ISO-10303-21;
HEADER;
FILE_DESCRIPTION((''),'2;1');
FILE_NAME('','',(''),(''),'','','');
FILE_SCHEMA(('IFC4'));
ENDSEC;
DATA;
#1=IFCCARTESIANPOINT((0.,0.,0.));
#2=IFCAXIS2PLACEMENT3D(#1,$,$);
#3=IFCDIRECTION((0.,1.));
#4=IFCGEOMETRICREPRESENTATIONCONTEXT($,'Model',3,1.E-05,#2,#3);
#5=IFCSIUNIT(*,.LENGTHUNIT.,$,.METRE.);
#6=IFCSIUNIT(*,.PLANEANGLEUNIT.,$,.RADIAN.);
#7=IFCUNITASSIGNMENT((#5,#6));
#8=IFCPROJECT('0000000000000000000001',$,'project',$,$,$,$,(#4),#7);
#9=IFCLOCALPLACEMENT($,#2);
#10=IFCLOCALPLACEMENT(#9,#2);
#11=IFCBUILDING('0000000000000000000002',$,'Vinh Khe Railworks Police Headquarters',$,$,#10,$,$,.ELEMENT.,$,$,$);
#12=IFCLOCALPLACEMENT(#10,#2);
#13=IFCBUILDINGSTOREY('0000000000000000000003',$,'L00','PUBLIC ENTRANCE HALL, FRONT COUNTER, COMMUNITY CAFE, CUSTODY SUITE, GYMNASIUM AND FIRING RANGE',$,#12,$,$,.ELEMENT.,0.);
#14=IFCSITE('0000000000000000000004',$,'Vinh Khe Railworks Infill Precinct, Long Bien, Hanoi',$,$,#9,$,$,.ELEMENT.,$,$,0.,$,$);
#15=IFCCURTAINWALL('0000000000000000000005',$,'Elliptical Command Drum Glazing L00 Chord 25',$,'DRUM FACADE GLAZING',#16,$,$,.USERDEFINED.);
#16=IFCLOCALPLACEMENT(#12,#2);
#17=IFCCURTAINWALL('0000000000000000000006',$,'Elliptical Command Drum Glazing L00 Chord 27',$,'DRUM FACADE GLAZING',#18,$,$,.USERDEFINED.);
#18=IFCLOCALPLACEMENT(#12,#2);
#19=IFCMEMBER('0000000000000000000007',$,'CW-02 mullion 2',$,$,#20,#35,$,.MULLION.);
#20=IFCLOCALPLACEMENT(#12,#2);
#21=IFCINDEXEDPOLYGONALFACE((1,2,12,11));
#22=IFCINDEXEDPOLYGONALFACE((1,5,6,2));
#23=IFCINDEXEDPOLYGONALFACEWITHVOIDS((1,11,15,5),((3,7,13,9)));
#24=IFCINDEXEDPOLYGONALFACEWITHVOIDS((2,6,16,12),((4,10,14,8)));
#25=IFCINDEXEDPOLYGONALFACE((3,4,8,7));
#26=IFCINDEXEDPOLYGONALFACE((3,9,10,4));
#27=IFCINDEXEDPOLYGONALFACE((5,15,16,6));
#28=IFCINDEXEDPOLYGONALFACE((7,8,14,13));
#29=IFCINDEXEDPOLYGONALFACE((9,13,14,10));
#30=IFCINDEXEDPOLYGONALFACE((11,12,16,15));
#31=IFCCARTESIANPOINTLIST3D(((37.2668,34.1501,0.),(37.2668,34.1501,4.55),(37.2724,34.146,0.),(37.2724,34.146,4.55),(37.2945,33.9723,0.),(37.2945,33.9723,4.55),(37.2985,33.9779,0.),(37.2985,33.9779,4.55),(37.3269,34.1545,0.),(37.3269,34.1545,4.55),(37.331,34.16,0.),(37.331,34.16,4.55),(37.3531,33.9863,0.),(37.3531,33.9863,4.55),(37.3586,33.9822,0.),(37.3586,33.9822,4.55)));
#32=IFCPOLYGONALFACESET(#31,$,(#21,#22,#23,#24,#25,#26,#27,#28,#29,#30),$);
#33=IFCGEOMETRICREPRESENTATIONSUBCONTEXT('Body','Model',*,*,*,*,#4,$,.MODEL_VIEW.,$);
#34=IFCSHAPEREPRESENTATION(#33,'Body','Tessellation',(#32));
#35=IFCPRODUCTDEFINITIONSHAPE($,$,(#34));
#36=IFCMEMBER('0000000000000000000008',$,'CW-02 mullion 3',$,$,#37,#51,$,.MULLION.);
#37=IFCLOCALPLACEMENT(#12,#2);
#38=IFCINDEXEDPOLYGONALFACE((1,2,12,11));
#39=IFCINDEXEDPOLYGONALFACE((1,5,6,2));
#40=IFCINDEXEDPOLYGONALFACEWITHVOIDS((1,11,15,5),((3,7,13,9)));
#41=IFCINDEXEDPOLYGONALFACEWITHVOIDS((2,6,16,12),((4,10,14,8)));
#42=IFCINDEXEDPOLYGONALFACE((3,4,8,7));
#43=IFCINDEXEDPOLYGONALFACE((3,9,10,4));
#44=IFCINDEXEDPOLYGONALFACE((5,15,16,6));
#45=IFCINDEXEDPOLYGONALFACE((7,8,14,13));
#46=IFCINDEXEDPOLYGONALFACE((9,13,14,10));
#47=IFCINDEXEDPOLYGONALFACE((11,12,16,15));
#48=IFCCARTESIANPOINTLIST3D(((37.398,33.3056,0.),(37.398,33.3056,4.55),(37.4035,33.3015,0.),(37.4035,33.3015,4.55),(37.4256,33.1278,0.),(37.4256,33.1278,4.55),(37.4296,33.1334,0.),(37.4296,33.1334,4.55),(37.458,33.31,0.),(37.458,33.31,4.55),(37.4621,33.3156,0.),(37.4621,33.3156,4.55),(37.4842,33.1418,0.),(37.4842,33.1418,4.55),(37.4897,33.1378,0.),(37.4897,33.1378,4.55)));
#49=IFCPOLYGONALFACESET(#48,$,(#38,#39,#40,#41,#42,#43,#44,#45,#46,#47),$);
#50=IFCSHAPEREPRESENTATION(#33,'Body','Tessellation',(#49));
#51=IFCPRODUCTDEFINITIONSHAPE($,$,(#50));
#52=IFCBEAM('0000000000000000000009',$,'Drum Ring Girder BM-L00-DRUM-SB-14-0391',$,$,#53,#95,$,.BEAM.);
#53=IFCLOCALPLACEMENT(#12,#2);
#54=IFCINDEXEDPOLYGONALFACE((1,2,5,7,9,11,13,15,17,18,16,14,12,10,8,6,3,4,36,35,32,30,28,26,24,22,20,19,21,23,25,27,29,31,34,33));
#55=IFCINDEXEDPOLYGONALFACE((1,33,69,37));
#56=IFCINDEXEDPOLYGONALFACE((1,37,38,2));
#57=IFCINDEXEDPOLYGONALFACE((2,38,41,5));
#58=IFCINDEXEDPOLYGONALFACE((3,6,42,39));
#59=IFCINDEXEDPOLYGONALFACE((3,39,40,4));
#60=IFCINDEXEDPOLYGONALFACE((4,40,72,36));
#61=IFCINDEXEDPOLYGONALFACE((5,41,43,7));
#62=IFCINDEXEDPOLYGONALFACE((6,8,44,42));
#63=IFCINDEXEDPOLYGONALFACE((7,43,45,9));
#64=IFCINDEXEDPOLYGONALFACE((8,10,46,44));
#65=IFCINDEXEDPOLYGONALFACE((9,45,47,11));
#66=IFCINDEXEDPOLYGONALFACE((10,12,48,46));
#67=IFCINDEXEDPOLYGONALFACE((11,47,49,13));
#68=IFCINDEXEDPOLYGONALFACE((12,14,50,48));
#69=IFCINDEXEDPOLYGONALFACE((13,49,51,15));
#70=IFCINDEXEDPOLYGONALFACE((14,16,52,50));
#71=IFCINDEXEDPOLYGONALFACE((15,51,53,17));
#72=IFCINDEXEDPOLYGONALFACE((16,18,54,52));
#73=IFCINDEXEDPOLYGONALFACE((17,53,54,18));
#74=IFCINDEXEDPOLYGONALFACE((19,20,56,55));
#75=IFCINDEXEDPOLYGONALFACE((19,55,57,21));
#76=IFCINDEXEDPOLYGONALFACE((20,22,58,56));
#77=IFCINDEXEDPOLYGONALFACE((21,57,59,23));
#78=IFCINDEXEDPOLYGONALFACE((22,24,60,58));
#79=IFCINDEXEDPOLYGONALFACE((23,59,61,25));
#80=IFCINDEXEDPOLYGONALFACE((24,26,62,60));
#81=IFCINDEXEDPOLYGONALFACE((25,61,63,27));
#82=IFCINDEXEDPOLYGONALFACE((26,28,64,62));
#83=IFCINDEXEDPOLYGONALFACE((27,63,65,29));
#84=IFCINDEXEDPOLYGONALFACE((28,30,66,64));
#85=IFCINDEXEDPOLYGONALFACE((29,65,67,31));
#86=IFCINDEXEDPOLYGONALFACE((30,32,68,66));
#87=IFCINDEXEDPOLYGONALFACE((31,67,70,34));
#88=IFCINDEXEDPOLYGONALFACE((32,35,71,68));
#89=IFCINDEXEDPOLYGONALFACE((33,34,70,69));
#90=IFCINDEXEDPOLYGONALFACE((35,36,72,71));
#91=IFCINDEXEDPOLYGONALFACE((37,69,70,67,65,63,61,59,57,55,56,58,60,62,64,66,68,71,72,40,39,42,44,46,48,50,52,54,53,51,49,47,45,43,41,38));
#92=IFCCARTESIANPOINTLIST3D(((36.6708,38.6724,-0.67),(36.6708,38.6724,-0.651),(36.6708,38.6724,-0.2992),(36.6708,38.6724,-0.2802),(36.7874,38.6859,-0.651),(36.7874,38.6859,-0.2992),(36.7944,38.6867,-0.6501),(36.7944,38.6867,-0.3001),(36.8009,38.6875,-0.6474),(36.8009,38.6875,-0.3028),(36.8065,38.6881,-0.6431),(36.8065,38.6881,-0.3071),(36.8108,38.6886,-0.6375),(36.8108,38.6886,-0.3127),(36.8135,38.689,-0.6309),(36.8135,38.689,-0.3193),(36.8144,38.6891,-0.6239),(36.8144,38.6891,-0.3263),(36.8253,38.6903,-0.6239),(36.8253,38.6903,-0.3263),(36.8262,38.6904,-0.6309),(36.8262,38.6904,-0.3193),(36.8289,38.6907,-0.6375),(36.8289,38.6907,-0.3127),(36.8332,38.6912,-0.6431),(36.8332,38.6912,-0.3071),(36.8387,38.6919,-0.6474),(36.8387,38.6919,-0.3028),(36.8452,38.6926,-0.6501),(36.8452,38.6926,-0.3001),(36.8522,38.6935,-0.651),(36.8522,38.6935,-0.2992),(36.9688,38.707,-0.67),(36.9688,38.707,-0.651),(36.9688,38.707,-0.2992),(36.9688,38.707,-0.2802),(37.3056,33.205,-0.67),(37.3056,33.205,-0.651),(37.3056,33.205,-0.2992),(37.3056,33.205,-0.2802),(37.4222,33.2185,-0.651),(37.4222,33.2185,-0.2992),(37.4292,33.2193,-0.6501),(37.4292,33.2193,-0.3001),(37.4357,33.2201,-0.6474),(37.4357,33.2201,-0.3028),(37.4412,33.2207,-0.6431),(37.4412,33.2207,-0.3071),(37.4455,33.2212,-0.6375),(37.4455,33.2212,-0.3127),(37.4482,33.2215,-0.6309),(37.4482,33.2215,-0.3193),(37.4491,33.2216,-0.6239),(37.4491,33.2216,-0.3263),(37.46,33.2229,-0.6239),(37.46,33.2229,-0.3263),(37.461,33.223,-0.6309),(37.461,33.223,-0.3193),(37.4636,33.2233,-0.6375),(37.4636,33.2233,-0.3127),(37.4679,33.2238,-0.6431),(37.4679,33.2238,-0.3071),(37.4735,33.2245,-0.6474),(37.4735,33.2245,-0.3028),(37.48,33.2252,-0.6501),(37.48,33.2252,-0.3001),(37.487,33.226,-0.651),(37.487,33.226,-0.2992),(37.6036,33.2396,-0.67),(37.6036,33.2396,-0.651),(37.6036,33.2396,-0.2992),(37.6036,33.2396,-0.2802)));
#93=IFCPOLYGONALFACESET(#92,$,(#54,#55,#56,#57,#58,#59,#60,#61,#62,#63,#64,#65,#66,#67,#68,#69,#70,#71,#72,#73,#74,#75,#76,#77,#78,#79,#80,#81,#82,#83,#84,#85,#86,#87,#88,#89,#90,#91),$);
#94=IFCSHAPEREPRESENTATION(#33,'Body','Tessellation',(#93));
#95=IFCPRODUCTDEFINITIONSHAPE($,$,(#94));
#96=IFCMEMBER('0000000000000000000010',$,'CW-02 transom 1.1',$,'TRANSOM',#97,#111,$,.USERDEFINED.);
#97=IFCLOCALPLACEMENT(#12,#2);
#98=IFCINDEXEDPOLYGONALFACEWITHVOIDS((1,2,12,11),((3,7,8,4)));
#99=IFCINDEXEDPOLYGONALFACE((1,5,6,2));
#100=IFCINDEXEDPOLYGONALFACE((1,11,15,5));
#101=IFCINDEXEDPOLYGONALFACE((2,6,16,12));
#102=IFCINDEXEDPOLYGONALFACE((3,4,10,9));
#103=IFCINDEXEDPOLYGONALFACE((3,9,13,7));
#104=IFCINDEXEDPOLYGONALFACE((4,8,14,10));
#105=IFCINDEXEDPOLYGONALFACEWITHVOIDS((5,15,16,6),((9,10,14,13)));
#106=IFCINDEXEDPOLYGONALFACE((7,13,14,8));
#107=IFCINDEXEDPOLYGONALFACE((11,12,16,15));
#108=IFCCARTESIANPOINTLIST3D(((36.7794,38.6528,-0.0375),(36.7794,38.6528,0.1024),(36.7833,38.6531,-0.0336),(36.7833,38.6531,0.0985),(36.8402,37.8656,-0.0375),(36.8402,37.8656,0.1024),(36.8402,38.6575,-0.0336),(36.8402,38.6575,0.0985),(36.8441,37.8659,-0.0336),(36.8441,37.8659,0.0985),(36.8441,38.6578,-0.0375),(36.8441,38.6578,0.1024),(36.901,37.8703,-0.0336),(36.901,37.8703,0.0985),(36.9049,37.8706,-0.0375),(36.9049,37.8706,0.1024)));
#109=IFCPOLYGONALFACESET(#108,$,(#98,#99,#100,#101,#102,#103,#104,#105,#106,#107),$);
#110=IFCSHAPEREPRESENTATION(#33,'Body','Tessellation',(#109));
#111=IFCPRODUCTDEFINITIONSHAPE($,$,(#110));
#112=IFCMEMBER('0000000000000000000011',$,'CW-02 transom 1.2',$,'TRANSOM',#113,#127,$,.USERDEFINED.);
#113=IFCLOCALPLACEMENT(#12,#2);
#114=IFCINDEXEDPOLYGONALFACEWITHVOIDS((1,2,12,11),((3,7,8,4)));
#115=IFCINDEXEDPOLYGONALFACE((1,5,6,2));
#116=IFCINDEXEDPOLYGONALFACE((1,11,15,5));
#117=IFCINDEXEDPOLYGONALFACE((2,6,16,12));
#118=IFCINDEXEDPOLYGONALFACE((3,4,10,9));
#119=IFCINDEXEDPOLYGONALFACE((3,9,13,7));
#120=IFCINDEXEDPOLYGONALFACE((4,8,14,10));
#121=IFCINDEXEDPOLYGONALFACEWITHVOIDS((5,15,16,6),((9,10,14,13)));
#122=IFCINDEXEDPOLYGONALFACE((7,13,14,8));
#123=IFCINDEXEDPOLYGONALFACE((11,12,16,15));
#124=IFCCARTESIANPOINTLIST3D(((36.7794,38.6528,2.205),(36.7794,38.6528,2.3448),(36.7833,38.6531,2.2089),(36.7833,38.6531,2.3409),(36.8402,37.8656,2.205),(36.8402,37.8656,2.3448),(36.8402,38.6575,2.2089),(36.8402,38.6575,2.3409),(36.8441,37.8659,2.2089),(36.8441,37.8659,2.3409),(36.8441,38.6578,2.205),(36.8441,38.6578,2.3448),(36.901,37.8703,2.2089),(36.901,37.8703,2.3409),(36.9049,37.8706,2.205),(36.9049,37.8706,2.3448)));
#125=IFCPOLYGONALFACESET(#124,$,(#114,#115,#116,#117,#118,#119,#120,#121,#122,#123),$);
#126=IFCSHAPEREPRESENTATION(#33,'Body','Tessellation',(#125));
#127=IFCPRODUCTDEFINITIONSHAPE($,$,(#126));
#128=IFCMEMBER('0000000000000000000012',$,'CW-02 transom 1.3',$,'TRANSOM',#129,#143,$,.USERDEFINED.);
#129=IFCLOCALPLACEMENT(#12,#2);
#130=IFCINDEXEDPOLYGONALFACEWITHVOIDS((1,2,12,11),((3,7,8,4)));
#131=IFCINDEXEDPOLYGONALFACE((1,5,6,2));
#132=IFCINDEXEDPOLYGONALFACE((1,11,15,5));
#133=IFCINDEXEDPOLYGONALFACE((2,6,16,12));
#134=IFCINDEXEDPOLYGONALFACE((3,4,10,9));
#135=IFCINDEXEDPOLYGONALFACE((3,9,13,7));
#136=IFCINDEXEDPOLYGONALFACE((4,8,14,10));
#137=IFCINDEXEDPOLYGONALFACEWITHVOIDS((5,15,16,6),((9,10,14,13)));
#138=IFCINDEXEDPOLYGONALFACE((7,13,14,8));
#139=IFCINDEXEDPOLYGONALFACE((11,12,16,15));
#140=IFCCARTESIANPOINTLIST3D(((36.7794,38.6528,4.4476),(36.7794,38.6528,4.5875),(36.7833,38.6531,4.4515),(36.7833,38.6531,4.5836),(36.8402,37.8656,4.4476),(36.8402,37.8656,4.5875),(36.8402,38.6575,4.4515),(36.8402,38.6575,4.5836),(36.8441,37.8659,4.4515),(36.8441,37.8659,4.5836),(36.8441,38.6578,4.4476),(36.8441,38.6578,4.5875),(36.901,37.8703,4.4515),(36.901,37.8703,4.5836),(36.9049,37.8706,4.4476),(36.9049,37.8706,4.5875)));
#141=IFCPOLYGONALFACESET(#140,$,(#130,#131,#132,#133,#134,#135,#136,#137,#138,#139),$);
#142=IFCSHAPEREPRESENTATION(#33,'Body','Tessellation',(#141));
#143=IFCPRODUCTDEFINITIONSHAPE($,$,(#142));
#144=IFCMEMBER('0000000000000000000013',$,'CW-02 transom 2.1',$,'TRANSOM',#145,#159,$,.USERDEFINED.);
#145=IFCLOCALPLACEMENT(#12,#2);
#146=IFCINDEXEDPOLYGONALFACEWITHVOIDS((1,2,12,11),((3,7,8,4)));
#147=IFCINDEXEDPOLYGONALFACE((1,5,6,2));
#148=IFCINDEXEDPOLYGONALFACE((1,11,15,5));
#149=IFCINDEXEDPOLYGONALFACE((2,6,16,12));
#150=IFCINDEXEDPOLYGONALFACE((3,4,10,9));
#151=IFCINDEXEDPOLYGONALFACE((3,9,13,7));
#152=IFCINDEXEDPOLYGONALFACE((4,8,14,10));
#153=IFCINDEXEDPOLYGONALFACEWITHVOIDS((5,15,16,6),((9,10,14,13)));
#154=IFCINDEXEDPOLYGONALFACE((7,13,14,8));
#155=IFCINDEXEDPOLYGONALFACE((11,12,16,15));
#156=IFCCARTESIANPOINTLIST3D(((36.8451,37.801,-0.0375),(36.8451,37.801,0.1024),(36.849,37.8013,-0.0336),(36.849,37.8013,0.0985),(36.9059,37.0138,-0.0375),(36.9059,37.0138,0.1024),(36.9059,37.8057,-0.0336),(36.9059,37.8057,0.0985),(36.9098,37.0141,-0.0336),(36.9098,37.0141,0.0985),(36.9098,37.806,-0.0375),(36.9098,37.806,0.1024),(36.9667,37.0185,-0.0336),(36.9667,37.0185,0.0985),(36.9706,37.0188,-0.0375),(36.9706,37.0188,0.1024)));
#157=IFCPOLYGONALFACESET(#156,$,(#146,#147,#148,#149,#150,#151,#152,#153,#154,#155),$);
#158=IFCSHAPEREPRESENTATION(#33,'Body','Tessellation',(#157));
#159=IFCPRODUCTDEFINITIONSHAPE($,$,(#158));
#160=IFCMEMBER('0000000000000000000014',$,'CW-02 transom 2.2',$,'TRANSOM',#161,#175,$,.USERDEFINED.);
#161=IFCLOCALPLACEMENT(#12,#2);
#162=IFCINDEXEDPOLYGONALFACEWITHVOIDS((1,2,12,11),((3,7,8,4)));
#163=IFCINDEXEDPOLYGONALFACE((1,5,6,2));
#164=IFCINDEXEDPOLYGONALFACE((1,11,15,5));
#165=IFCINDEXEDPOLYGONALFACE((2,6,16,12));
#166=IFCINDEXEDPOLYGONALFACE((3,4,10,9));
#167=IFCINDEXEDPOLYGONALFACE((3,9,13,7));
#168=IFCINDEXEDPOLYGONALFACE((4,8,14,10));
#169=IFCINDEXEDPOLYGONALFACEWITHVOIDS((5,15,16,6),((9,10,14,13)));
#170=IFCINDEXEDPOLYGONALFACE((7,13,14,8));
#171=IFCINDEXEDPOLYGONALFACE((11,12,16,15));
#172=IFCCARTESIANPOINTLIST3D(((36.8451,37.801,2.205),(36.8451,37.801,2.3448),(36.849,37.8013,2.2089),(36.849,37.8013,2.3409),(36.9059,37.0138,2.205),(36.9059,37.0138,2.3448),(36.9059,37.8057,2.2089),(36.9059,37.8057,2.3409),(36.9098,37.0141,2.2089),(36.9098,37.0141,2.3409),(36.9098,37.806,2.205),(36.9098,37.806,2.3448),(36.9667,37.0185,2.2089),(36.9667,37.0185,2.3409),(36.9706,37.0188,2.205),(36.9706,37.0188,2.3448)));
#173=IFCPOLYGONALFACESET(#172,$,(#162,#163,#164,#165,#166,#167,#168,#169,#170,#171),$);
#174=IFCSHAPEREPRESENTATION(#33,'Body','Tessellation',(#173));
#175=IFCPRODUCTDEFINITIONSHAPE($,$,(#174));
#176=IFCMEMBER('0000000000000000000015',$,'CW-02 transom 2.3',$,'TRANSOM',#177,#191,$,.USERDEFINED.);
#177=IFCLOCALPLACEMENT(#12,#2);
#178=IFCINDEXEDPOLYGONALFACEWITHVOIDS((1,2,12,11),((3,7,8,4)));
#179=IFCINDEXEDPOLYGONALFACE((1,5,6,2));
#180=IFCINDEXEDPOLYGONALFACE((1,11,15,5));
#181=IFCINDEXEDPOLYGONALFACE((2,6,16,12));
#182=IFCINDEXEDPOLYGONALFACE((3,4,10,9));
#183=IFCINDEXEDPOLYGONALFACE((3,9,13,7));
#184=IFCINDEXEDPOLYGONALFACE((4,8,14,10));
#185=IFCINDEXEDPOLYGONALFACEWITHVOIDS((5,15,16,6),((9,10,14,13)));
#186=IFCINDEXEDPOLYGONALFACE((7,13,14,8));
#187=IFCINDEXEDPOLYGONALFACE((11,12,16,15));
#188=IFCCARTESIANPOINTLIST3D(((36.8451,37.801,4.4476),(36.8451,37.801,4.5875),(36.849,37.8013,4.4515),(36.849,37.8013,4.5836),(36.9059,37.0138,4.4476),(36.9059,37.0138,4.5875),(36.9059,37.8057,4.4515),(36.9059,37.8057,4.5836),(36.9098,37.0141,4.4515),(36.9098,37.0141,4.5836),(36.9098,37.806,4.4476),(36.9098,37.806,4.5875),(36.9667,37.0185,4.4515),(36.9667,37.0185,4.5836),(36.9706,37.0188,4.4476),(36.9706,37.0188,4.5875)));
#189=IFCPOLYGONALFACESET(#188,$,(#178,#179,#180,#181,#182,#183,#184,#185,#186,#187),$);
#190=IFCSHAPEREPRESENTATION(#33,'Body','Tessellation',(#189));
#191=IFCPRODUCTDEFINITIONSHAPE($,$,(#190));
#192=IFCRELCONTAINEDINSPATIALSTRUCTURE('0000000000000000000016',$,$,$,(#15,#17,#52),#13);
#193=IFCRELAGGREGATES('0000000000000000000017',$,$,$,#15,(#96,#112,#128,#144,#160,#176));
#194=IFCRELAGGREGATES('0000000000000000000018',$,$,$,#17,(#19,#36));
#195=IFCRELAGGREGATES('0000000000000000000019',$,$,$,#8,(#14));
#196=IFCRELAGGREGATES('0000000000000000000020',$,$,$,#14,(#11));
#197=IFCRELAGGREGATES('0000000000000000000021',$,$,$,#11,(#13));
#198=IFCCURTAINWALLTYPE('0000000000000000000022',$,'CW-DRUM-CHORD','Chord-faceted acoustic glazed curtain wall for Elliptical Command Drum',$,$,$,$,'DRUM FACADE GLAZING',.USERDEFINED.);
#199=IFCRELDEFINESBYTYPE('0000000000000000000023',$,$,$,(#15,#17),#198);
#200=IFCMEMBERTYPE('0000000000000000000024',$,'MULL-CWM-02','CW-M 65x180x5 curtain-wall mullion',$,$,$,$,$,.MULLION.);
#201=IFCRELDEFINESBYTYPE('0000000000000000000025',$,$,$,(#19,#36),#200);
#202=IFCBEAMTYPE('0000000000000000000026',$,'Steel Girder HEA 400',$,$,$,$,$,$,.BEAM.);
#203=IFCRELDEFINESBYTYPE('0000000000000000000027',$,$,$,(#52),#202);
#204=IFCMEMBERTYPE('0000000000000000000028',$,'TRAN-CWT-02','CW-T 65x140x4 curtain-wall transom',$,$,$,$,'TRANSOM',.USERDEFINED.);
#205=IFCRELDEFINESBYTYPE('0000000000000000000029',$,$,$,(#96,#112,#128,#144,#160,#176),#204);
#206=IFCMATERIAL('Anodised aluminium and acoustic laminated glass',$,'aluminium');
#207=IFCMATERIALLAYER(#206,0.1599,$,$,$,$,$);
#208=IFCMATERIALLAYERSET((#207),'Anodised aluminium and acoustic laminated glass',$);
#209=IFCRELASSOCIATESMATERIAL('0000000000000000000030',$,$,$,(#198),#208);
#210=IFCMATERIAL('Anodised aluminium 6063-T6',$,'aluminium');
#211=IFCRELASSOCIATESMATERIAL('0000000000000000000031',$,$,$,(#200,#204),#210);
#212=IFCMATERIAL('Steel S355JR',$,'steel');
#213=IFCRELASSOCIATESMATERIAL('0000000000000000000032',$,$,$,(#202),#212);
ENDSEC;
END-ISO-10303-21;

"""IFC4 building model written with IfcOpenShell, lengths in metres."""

from ifc_helpers import new_model, si_unit, direction, frame, origin, origin_2d, place, context, subcontext, project, spatial, hollow_rectangle, i_section, extrude, material, layer, layer_set, material_profile, profile_set, type_object, element, aggregate, save


model = new_model("IFC4")

# Units and contexts
model_context = context("Model", 3, precision=1e-05, world=origin(), true_north=direction((0.0, 1.0)))
body_context = subcontext(model_context, "Body", "Model", "MODEL_VIEW")
ifc_project = project(units=[si_unit("LENGTHUNIT", "METRE"), si_unit("PLANEANGLEUNIT", "RADIAN")], contexts=[model_context])

# Site, building, storey
site_placement = place(None, origin())
site = spatial("IfcSite", under=ifc_project, at=site_placement, Name="Vinh Khe Railworks Infill Precinct, Long Bien, Hanoi", CompositionType="ELEMENT", RefElevation=0.0)
building_placement = place(site_placement, origin())
building = spatial("IfcBuilding", under=site, at=building_placement, Name="Vinh Khe Railworks Police Headquarters", CompositionType="ELEMENT")
storey_placement = place(building_placement, origin())
storey = spatial("IfcBuildingStorey", under=building, at=storey_placement, Name="L00", Description="PUBLIC ENTRANCE HALL, FRONT COUNTER, COMMUNITY CAFE, CUSTODY SUITE, GYMNASIUM AND FIRING RANGE", CompositionType="ELEMENT", Elevation=0.0)

# Shared definitions
ifc_material_1 = material(Name="Steel S355JR", Category="steel")

# Curtain walls, members
ifc_material_2 = material(Name="Anodised aluminium and acoustic laminated glass", Category="aluminium")
ifc_layer_1 = layer(ifc_material_2, 0.1599)
ifc_layer_set_1 = layer_set([ifc_layer_1], Name="Anodised aluminium and acoustic laminated glass")
curtain_wall_type = type_object("IfcCurtainWallType", Name="CW-DRUM-CHORD", Description="Chord-faceted acoustic glazed curtain wall for Elliptical Command Drum", ElementType="DRUM FACADE GLAZING", PredefinedType="USERDEFINED", material=ifc_layer_set_1)
curtain_wall_1_placement = place(storey_placement, origin())
curtain_wall_1 = element("IfcCurtainWall", 1, at=curtain_wall_1_placement, inside=storey, type_object=curtain_wall_type, Name="Elliptical Command Drum Glazing L00 Chord 25", ObjectType="DRUM FACADE GLAZING", PredefinedType="USERDEFINED")
ifc_material_3 = material(Name="Anodised aluminium 6063-T6", Category="aluminium")
ifc_material_profile_1 = material_profile(ifc_material_3, hollow_rectangle(XDim=0.0649, YDim=0.1799, WallThickness=0.0049, at=origin_2d()), Name="CW-M 65x180x5")
ifc_profile_set_1 = profile_set([ifc_material_profile_1], Name="Anodised aluminium 6063-T6")
member_type_1 = type_object("IfcMemberType", Name="MULL-CWM-02", Description="CW-M 65x180x5 curtain-wall mullion", PredefinedType="MULLION", material=ifc_profile_set_1)
curtain_wall_2_placement = place(storey_placement, origin())
curtain_wall_2 = element("IfcCurtainWall", 2, at=curtain_wall_2_placement, inside=storey, type_object=curtain_wall_type, Name="Elliptical Command Drum Glazing L00 Chord 27", ObjectType="DRUM FACADE GLAZING", PredefinedType="USERDEFINED")
member_1_placement = place(storey_placement, frame((37.3127, 34.0662, 0.0), z_axis=(0.0, 0.0, 1.0), x_axis=(0.98815, 0.153491, 0.0)))
member_1 = element("IfcMember", 3, at=member_1_placement, type_object=member_type_1, Name="CW-02 mullion 2", PredefinedType="MULLION", context=body_context, shape_type="SweptSolid", body=[
    extrude(hollow_rectangle(XDim=0.0649, YDim=0.1799, WallThickness=0.0049, at=origin_2d()), origin(), (0.0, 0.0, 1.0), 4.55),
])
member_2_placement = place(storey_placement, frame((37.4438, 33.2217, 0.0), z_axis=(0.0, 0.0, 1.0), x_axis=(0.98815, 0.153491, 0.0)))
member_2 = element("IfcMember", 4, at=member_2_placement, type_object=member_type_1, Name="CW-02 mullion 3", PredefinedType="MULLION", context=body_context, shape_type="SweptSolid", body=[
    extrude(hollow_rectangle(XDim=0.0649, YDim=0.1799, WallThickness=0.0049, at=origin_2d()), origin(), (0.0, 0.0, 1.0), 4.55),
])

# Beam
ifc_material_profile_2 = material_profile(ifc_material_1, i_section(OverallWidth=0.3, OverallDepth=0.3899, WebThickness=0.011, FlangeThickness=0.019, FilletRadius=0.0271, at=origin_2d()), Name="HEA 400")
ifc_profile_set_2 = profile_set([ifc_material_profile_2], Name="Steel S355JR")
beam_type = type_object("IfcBeamType", Name="Steel Girder HEA 400", PredefinedType="BEAM", material=ifc_profile_set_2)
beam_placement = place(storey_placement, frame((36.8198, 38.6897, -0.4751), z_axis=(0.115323, -0.993328, 0.0), x_axis=(0.993328, 0.115323, 0.0)))
element("IfcBeam", 5, at=beam_placement, inside=storey, type_object=beam_type, Name="Drum Ring Girder BM-L00-DRUM-SB-14-0391", PredefinedType="BEAM", context=body_context, shape_type="SweptSolid", body=[
    extrude(i_section(OverallWidth=0.3, OverallDepth=0.3899, WebThickness=0.011, FlangeThickness=0.019, FilletRadius=0.0271, at=origin_2d()), origin(), (0.0, 0.0, 1.0), 5.5042),
])

# Members
ifc_material_profile_3 = material_profile(ifc_material_3, hollow_rectangle(XDim=0.0649, YDim=0.1399, WallThickness=0.0039, at=origin_2d()), Name="CW-T 65x140x4")
ifc_profile_set_3 = profile_set([ifc_material_profile_3], Name="Anodised aluminium 6063-T6")
member_type_2 = type_object("IfcMemberType", Name="TRAN-CWT-02", Description="CW-T 65x140x4 curtain-wall transom", ElementType="TRANSOM", PredefinedType="USERDEFINED", material=ifc_profile_set_3)
member_3_placement = place(storey_placement, frame((36.8118, 38.6553, 0.0325), z_axis=(0.077004, -0.997031, 0.0), x_axis=(0.997031, 0.077004, 0.0)))
member_3 = element("IfcMember", 6, at=member_3_placement, type_object=member_type_2, Name="CW-02 transom 1.1", ObjectType="TRANSOM", PredefinedType="USERDEFINED", context=body_context, shape_type="SweptSolid", body=[
    extrude(hollow_rectangle(XDim=0.0649, YDim=0.1399, WallThickness=0.0039, at=origin_2d()), origin(), (0.0, 0.0, 1.0), 0.7896),
])
member_4_placement = place(storey_placement, frame((36.8118, 38.6553, 2.2749), z_axis=(0.077004, -0.997031, 0.0), x_axis=(0.997031, 0.077004, 0.0)))
member_4 = element("IfcMember", 7, at=member_4_placement, type_object=member_type_2, Name="CW-02 transom 1.2", ObjectType="TRANSOM", PredefinedType="USERDEFINED", context=body_context, shape_type="SweptSolid", body=[
    extrude(hollow_rectangle(XDim=0.0649, YDim=0.1399, WallThickness=0.0039, at=origin_2d()), origin(), (0.0, 0.0, 1.0), 0.7896),
])
member_5_placement = place(storey_placement, frame((36.8118, 38.6553, 4.5176), z_axis=(0.077004, -0.997031, 0.0), x_axis=(0.997031, 0.077004, 0.0)))
member_5 = element("IfcMember", 8, at=member_5_placement, type_object=member_type_2, Name="CW-02 transom 1.3", ObjectType="TRANSOM", PredefinedType="USERDEFINED", context=body_context, shape_type="SweptSolid", body=[
    extrude(hollow_rectangle(XDim=0.0649, YDim=0.1399, WallThickness=0.0039, at=origin_2d()), origin(), (0.0, 0.0, 1.0), 0.7896),
])
member_6_placement = place(storey_placement, frame((36.8774, 37.8035, 0.0325), z_axis=(0.077004, -0.997031, 0.0), x_axis=(0.997031, 0.077004, 0.0)))
member_6 = element("IfcMember", 9, at=member_6_placement, type_object=member_type_2, Name="CW-02 transom 2.1", ObjectType="TRANSOM", PredefinedType="USERDEFINED", context=body_context, shape_type="SweptSolid", body=[
    extrude(hollow_rectangle(XDim=0.0649, YDim=0.1399, WallThickness=0.0039, at=origin_2d()), origin(), (0.0, 0.0, 1.0), 0.7896),
])
member_7_placement = place(storey_placement, frame((36.8774, 37.8035, 2.2749), z_axis=(0.077004, -0.997031, 0.0), x_axis=(0.997031, 0.077004, 0.0)))
member_7 = element("IfcMember", 10, at=member_7_placement, type_object=member_type_2, Name="CW-02 transom 2.2", ObjectType="TRANSOM", PredefinedType="USERDEFINED", context=body_context, shape_type="SweptSolid", body=[
    extrude(hollow_rectangle(XDim=0.0649, YDim=0.1399, WallThickness=0.0039, at=origin_2d()), origin(), (0.0, 0.0, 1.0), 0.7896),
])
member_8_placement = place(storey_placement, frame((36.8774, 37.8035, 4.5176), z_axis=(0.077004, -0.997031, 0.0), x_axis=(0.997031, 0.077004, 0.0)))
member_8 = element("IfcMember", 11, at=member_8_placement, type_object=member_type_2, Name="CW-02 transom 2.3", ObjectType="TRANSOM", PredefinedType="USERDEFINED", context=body_context, shape_type="SweptSolid", body=[
    extrude(hollow_rectangle(XDim=0.0649, YDim=0.1399, WallThickness=0.0039, at=origin_2d()), origin(), (0.0, 0.0, 1.0), 0.7896),
])

aggregate(curtain_wall_1, [member_3, member_4, member_5, member_6, member_7, member_8])
aggregate(curtain_wall_2, [member_1, member_2])

save(model, "model.ifc")
